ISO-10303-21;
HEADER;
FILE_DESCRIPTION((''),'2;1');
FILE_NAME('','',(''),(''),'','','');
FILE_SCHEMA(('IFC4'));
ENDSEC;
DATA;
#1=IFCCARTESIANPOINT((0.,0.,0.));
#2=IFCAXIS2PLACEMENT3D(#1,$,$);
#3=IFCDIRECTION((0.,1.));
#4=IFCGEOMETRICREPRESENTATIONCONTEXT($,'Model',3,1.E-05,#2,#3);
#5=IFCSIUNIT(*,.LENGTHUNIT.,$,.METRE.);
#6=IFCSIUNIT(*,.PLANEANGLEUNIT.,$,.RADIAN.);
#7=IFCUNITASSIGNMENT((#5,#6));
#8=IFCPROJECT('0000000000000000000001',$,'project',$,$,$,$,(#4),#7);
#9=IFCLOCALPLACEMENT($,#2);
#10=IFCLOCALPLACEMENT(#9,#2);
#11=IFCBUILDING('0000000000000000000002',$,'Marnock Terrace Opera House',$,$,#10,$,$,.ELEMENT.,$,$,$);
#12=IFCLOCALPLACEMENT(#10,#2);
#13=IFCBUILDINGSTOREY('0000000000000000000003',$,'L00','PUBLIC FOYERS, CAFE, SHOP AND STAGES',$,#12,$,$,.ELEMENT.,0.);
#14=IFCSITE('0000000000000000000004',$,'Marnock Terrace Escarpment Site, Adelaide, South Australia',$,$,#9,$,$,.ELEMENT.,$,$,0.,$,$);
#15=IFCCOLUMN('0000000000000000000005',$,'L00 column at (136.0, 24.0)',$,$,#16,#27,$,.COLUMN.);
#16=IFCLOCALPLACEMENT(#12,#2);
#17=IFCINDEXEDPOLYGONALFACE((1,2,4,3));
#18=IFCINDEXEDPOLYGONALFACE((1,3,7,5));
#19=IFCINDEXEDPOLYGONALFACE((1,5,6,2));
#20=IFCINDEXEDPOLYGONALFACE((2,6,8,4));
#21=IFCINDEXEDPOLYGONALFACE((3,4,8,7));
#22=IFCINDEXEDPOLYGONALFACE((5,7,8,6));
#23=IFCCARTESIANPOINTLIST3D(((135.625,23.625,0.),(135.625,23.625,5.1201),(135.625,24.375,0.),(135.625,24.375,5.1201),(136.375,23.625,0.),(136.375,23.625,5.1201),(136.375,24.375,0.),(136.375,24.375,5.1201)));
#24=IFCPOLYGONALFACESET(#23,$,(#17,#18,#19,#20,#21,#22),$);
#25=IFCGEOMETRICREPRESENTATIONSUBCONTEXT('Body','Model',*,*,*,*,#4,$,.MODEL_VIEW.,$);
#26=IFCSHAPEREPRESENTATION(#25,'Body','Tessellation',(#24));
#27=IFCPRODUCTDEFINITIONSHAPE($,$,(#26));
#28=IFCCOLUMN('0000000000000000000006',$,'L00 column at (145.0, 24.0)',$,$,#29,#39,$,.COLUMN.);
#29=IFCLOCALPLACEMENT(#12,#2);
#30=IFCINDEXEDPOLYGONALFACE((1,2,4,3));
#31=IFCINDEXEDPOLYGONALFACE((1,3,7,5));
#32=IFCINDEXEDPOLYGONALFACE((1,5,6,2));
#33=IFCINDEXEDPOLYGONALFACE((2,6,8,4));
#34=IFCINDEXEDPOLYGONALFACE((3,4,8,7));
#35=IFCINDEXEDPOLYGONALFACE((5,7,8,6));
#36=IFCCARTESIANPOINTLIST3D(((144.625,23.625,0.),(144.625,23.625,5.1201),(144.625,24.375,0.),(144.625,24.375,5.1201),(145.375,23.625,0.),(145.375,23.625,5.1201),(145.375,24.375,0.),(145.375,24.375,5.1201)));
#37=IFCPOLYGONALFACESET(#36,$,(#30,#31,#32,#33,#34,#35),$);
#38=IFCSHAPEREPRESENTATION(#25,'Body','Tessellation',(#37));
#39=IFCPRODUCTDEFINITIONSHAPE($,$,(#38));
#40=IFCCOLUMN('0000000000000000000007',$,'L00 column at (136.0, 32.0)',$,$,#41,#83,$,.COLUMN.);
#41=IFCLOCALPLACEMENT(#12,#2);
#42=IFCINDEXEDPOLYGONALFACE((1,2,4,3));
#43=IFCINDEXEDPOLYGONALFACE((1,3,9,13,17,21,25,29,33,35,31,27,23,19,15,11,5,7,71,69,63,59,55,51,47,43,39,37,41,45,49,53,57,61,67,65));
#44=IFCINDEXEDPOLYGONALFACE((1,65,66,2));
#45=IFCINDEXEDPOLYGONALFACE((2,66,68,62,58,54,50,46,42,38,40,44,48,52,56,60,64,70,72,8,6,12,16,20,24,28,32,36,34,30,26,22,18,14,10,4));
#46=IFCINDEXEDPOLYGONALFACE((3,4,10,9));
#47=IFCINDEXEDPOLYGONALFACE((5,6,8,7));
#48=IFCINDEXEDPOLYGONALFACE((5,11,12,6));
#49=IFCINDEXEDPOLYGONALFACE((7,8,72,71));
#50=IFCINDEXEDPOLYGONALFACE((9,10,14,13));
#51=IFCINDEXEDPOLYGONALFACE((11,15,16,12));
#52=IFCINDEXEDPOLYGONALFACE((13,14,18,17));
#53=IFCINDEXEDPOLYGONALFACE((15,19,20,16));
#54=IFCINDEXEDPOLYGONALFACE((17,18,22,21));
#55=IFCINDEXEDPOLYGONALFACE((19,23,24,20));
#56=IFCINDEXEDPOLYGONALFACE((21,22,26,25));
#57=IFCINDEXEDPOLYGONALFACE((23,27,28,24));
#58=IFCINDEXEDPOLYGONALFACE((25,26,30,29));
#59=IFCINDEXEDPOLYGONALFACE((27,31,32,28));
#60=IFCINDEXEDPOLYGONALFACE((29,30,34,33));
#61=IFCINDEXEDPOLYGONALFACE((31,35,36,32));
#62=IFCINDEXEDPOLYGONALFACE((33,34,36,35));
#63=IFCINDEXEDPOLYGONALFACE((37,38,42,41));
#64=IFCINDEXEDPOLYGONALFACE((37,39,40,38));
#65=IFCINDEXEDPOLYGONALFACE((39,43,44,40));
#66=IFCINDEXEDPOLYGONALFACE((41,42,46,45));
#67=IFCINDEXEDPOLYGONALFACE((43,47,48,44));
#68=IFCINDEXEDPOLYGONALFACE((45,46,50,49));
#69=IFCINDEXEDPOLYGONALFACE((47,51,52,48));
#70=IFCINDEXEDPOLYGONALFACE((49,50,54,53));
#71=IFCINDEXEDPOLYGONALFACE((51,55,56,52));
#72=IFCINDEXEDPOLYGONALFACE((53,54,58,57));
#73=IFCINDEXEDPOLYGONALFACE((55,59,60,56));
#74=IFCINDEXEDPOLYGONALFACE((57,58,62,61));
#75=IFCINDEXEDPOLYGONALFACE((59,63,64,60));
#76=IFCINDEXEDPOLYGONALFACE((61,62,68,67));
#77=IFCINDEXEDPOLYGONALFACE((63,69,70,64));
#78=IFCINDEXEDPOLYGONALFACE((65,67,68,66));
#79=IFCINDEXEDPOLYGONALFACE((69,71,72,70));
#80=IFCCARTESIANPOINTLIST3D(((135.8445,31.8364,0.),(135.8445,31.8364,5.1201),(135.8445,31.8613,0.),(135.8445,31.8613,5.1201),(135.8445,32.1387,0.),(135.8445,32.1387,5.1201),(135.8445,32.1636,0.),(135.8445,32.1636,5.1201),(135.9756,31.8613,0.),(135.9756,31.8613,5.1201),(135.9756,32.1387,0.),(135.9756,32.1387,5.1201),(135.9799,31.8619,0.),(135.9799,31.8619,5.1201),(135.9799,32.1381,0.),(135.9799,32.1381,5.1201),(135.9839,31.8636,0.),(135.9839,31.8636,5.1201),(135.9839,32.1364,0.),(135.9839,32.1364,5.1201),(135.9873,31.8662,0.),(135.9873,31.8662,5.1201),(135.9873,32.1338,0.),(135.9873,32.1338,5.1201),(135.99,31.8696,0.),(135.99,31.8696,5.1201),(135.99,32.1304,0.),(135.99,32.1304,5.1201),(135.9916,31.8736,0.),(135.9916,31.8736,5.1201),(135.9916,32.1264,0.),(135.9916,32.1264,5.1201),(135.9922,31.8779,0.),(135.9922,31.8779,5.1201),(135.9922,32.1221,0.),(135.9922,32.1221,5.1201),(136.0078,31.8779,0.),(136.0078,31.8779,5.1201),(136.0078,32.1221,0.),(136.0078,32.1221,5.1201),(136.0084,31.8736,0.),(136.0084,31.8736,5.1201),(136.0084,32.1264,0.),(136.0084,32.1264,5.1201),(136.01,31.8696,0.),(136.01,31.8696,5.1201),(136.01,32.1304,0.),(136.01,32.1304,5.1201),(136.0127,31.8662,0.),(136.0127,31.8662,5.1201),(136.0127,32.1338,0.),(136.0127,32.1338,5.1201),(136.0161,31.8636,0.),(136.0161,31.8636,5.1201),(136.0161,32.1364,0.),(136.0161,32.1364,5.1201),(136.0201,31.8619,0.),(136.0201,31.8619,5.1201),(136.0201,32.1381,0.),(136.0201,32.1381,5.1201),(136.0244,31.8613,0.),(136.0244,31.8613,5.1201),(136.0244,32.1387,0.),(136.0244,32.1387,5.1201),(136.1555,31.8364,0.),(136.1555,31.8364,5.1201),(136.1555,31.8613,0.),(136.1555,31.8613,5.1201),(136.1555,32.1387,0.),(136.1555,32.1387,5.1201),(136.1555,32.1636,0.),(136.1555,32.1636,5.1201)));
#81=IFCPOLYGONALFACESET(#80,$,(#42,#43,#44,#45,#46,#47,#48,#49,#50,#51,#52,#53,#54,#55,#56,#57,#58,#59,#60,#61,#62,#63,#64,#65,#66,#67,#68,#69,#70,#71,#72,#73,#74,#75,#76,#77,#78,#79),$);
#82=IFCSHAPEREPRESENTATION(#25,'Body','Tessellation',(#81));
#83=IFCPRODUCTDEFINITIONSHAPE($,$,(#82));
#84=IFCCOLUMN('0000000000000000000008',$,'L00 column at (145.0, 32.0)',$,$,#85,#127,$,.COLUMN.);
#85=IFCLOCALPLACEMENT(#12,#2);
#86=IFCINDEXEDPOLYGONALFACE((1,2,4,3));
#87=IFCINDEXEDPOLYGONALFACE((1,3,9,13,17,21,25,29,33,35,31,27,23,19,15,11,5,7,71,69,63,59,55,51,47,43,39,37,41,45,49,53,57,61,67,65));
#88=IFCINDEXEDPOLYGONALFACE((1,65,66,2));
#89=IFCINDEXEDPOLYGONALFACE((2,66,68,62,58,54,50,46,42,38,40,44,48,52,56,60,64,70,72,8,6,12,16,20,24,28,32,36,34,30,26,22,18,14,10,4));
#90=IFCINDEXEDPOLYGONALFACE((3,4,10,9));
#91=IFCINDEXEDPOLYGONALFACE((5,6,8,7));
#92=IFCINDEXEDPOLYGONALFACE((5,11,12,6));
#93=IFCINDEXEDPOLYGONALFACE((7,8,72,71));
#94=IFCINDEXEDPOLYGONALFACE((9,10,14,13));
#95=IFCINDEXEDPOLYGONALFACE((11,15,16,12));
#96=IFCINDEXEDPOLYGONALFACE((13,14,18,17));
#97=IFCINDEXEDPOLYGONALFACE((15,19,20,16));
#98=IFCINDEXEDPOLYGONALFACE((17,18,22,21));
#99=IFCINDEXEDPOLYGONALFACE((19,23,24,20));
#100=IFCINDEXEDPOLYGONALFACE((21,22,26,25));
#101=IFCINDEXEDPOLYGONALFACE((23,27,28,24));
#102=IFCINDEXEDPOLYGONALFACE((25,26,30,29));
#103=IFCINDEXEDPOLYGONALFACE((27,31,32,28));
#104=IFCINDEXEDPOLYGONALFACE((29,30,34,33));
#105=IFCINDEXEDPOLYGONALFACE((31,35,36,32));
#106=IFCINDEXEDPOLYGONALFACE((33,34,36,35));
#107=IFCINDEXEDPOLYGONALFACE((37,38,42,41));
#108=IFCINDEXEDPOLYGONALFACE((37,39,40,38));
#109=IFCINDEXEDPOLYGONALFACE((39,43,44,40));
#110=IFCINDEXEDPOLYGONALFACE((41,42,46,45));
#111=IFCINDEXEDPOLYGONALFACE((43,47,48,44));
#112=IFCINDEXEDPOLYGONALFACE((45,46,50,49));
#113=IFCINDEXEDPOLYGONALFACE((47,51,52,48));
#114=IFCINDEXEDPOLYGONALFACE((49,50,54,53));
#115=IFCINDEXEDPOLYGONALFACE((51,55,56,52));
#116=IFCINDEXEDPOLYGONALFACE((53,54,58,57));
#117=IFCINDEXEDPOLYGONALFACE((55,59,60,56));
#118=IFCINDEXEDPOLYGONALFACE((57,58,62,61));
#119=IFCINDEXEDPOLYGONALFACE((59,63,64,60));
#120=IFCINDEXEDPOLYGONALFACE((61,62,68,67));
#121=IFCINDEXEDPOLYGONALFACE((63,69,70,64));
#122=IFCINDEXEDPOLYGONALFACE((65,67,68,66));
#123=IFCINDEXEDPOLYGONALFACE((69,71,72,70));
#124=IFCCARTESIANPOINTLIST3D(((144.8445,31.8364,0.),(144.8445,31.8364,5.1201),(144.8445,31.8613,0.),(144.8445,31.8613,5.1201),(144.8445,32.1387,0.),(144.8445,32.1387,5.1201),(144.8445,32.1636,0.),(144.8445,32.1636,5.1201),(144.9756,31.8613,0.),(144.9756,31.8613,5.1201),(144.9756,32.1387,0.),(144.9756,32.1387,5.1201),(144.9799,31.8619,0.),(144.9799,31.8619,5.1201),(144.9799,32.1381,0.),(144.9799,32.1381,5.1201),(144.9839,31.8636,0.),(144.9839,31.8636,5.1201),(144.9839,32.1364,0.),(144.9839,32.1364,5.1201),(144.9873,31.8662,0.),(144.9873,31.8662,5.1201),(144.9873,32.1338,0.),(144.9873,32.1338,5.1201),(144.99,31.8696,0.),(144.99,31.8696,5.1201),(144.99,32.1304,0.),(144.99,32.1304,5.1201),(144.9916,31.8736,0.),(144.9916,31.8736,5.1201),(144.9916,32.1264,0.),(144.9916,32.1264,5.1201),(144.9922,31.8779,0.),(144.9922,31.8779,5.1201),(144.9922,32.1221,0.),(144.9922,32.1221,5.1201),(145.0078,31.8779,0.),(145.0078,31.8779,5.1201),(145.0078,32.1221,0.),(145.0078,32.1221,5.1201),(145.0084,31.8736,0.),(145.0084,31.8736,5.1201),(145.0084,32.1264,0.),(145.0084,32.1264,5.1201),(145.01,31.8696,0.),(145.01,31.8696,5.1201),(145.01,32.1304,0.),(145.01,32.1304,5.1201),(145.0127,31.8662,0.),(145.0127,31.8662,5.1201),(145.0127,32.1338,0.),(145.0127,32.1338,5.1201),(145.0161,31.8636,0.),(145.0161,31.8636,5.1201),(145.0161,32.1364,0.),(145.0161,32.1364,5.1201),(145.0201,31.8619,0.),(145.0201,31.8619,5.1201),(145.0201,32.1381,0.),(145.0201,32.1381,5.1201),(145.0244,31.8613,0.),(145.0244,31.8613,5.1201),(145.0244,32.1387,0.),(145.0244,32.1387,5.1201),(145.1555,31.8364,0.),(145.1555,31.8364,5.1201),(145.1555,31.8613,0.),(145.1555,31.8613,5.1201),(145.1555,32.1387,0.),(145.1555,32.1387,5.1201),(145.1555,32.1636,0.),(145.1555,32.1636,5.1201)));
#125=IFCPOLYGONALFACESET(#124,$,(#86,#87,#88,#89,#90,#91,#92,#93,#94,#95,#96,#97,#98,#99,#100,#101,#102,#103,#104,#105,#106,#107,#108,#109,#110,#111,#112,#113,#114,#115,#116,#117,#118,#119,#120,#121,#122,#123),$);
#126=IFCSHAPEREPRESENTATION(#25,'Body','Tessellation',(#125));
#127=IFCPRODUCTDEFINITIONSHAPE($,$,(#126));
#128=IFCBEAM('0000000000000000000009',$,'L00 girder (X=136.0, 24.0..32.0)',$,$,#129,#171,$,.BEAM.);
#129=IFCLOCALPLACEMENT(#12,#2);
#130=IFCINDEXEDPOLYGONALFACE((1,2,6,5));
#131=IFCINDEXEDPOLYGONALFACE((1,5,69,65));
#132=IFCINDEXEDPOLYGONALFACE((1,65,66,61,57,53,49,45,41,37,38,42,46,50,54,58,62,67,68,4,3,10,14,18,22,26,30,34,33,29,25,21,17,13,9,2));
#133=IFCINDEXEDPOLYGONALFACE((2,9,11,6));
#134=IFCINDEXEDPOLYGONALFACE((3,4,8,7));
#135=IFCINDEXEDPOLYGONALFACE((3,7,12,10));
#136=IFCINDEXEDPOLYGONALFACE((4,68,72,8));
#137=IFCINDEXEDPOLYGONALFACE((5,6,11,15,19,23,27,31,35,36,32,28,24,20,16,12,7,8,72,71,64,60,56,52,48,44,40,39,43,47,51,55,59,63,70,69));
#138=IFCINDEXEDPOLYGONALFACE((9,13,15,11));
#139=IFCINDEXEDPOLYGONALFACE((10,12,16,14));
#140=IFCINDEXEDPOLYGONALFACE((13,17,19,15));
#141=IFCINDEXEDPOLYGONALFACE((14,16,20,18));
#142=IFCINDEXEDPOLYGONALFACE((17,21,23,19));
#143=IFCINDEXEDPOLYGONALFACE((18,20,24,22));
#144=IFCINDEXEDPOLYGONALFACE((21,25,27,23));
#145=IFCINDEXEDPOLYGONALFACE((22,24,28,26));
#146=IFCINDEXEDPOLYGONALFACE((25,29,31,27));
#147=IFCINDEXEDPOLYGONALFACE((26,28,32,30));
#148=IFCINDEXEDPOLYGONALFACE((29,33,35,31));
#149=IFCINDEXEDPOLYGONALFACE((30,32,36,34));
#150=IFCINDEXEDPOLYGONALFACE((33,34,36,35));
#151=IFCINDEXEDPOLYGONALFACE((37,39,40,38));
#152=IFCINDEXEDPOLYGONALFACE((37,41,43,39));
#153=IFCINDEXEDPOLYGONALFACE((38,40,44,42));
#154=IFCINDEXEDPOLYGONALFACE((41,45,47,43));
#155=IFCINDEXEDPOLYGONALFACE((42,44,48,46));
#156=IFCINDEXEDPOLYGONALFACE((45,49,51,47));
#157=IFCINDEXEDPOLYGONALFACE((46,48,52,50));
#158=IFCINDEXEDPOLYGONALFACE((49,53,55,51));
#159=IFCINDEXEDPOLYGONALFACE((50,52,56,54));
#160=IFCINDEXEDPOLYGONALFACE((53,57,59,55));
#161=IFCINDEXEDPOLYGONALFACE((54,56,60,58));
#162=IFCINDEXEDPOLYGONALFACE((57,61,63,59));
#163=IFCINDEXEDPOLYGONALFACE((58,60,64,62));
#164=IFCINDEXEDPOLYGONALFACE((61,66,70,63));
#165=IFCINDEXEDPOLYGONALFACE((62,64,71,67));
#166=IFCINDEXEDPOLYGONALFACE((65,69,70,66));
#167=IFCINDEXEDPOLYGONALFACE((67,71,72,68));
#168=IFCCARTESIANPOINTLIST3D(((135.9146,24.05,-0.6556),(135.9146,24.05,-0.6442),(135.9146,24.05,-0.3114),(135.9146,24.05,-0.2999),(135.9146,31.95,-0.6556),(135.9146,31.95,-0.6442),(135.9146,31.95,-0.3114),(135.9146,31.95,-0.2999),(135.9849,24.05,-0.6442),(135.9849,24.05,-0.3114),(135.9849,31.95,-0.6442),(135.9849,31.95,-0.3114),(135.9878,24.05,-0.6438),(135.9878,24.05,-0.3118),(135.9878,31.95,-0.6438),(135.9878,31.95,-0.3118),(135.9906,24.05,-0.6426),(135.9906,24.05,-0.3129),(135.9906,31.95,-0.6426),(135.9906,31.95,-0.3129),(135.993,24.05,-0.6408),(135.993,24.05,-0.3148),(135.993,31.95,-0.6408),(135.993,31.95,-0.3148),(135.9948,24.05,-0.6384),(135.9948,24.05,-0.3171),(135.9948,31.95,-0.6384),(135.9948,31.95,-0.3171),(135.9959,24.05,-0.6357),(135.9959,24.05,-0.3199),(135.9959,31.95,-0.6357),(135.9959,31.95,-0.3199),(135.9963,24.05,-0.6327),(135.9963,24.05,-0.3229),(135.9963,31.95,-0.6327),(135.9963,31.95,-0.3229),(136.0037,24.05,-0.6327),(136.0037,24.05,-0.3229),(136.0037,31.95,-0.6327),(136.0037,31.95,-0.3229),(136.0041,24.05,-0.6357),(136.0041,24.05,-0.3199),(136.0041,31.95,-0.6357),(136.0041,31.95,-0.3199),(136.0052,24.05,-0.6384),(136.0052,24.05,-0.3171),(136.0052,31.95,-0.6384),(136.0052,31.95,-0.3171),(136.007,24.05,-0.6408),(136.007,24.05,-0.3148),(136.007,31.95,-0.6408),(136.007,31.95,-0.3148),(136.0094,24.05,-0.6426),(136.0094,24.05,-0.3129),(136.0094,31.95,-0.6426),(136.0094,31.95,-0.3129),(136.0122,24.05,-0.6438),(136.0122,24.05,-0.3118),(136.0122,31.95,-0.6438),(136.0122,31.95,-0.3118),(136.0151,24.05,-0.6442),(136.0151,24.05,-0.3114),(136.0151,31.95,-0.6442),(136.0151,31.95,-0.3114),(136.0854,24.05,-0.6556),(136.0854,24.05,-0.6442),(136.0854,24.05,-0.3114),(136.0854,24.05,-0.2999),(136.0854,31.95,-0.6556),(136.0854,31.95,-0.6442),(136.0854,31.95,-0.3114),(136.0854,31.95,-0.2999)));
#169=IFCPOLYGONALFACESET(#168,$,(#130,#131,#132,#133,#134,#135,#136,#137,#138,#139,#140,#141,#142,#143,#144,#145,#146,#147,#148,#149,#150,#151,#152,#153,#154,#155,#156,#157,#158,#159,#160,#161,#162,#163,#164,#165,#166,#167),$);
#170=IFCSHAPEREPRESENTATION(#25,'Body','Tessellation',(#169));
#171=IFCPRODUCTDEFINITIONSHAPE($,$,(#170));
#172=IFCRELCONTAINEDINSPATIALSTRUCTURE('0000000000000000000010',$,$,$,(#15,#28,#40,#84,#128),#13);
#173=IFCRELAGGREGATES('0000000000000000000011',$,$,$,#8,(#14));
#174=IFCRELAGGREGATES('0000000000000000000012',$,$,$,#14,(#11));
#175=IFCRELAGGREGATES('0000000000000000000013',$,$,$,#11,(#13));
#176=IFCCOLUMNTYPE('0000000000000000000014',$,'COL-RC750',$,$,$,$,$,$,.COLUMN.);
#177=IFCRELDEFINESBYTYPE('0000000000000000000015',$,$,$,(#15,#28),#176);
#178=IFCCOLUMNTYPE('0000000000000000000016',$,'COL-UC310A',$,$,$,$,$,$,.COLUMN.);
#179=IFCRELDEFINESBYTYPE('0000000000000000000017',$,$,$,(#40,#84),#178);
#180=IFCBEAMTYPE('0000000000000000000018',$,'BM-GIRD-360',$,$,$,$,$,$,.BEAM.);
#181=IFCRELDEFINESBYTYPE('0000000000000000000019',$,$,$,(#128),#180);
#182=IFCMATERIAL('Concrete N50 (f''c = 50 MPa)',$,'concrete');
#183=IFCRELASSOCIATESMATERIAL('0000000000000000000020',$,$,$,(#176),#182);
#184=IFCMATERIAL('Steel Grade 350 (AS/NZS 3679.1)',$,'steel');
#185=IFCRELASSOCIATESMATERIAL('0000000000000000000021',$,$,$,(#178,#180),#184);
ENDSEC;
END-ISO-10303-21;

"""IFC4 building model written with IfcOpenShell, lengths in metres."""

from ifc_helpers import new_model, si_unit, direction, frame, origin, origin_2d, place, context, subcontext, project, spatial, rectangle, i_section, extrude, material, material_profile, profile_set, type_object, element, save


model = new_model("IFC4")

# Units and contexts
model_context = context("Model", 3, precision=1e-05, world=origin(), true_north=direction((0.0, 1.0)))
body_context = subcontext(model_context, "Body", "Model", "MODEL_VIEW")
ifc_project = project(units=[si_unit("LENGTHUNIT", "METRE"), si_unit("PLANEANGLEUNIT", "RADIAN")], contexts=[model_context])

# Site, building, storey
site_placement = place(None, origin())
site = spatial("IfcSite", under=ifc_project, at=site_placement, Name="Marnock Terrace Escarpment Site, Adelaide, South Australia", CompositionType="ELEMENT", RefElevation=0.0)
building_placement = place(site_placement, origin())
building = spatial("IfcBuilding", under=site, at=building_placement, Name="Marnock Terrace Opera House", CompositionType="ELEMENT")
storey_placement = place(building_placement, origin())
storey = spatial("IfcBuildingStorey", under=building, at=storey_placement, Name="L00", Description="PUBLIC FOYERS, CAFE, SHOP AND STAGES", CompositionType="ELEMENT", Elevation=0.0)

# Columns
ifc_material_1 = material(Name="Concrete N50 (f'c = 50 MPa)", Category="concrete")
ifc_material_profile_1 = material_profile(ifc_material_1, rectangle(XDim=0.75, YDim=0.75, at=origin_2d()))
ifc_profile_set_1 = profile_set([ifc_material_profile_1], Name="Concrete N50 (f'c = 50 MPa)")
column_type_1 = type_object("IfcColumnType", Name="COL-RC750", PredefinedType="COLUMN", material=ifc_profile_set_1)
for number, where, z_axis, x_axis, name in (
    (1, (136.0, 24.0, 0.0), (0.0, 0.0, 1.0), (1.0, 0.0, 0.0), "L00 column at (136.0, 24.0)"),
    (2, (145.0, 24.0, 0.0), (0.0, 0.0, 1.0), (1.0, 0.0, 0.0), "L00 column at (145.0, 24.0)"),
):
    element("IfcColumn", number, at=place(storey_placement, frame(where, z_axis=z_axis, x_axis=x_axis)), inside=storey, type_object=column_type_1, Name=name, PredefinedType="COLUMN", context=body_context, shape_type="SweptSolid", body=[
        extrude(rectangle(XDim=0.75, YDim=0.75, at=origin_2d()), origin(), (0.0, 0.0, 1.0), 5.1201),
    ])
ifc_material_2 = material(Name="Steel Grade 350 (AS/NZS 3679.1)", Category="steel")
ifc_material_profile_2 = material_profile(ifc_material_2, i_section(OverallWidth=0.311, OverallDepth=0.3271, WebThickness=0.0156, FlangeThickness=0.0249, FilletRadius=0.0166, at=origin_2d()))
ifc_profile_set_2 = profile_set([ifc_material_profile_2], Name="Steel Grade 350 (AS/NZS 3679.1)")
column_type_2 = type_object("IfcColumnType", Name="COL-UC310A", PredefinedType="COLUMN", material=ifc_profile_set_2)
for number, where, z_axis, x_axis, name in (
    (3, (136.0, 32.0, 0.0), (0.0, 0.0, 1.0), (1.0, 0.0, 0.0), "L00 column at (136.0, 32.0)"),
    (4, (145.0, 32.0, 0.0), (0.0, 0.0, 1.0), (1.0, 0.0, 0.0), "L00 column at (145.0, 32.0)"),
):
    element("IfcColumn", number, at=place(storey_placement, frame(where, z_axis=z_axis, x_axis=x_axis)), inside=storey, type_object=column_type_2, Name=name, PredefinedType="COLUMN", context=body_context, shape_type="SweptSolid", body=[
        extrude(i_section(OverallWidth=0.311, OverallDepth=0.3271, WebThickness=0.0156, FlangeThickness=0.0249, FilletRadius=0.0166, at=origin_2d()), origin(), (0.0, 0.0, 1.0), 5.1201),
    ])

# Beam
ifc_material_profile_3 = material_profile(ifc_material_2, i_section(OverallWidth=0.1709, OverallDepth=0.3557, WebThickness=0.0073, FlangeThickness=0.0115, FilletRadius=0.0115, at=origin_2d()))
ifc_profile_set_3 = profile_set([ifc_material_profile_3], Name="Steel Grade 350 (AS/NZS 3679.1)")
beam_type_1 = type_object("IfcBeamType", Name="BM-GIRD-360", PredefinedType="BEAM", material=ifc_profile_set_3)
for number, where, z_axis, x_axis, name in (
    (5, (136.0, 24.05, -0.4778), (0.0, 1.0, 0.0), (-1.0, 0.0, 0.0), "L00 girder (X=136.0, 24.0..32.0)"),
):
    element("IfcBeam", number, at=place(storey_placement, frame(where, z_axis=z_axis, x_axis=x_axis)), inside=storey, type_object=beam_type_1, Name=name, PredefinedType="BEAM", context=body_context, shape_type="SweptSolid", body=[
        extrude(i_section(OverallWidth=0.1709, OverallDepth=0.3557, WebThickness=0.0073, FlangeThickness=0.0115, FilletRadius=0.0115, at=origin_2d()), origin(), (0.0, 0.0, 1.0), 7.8999),
    ])

save(model, "model.ifc")
